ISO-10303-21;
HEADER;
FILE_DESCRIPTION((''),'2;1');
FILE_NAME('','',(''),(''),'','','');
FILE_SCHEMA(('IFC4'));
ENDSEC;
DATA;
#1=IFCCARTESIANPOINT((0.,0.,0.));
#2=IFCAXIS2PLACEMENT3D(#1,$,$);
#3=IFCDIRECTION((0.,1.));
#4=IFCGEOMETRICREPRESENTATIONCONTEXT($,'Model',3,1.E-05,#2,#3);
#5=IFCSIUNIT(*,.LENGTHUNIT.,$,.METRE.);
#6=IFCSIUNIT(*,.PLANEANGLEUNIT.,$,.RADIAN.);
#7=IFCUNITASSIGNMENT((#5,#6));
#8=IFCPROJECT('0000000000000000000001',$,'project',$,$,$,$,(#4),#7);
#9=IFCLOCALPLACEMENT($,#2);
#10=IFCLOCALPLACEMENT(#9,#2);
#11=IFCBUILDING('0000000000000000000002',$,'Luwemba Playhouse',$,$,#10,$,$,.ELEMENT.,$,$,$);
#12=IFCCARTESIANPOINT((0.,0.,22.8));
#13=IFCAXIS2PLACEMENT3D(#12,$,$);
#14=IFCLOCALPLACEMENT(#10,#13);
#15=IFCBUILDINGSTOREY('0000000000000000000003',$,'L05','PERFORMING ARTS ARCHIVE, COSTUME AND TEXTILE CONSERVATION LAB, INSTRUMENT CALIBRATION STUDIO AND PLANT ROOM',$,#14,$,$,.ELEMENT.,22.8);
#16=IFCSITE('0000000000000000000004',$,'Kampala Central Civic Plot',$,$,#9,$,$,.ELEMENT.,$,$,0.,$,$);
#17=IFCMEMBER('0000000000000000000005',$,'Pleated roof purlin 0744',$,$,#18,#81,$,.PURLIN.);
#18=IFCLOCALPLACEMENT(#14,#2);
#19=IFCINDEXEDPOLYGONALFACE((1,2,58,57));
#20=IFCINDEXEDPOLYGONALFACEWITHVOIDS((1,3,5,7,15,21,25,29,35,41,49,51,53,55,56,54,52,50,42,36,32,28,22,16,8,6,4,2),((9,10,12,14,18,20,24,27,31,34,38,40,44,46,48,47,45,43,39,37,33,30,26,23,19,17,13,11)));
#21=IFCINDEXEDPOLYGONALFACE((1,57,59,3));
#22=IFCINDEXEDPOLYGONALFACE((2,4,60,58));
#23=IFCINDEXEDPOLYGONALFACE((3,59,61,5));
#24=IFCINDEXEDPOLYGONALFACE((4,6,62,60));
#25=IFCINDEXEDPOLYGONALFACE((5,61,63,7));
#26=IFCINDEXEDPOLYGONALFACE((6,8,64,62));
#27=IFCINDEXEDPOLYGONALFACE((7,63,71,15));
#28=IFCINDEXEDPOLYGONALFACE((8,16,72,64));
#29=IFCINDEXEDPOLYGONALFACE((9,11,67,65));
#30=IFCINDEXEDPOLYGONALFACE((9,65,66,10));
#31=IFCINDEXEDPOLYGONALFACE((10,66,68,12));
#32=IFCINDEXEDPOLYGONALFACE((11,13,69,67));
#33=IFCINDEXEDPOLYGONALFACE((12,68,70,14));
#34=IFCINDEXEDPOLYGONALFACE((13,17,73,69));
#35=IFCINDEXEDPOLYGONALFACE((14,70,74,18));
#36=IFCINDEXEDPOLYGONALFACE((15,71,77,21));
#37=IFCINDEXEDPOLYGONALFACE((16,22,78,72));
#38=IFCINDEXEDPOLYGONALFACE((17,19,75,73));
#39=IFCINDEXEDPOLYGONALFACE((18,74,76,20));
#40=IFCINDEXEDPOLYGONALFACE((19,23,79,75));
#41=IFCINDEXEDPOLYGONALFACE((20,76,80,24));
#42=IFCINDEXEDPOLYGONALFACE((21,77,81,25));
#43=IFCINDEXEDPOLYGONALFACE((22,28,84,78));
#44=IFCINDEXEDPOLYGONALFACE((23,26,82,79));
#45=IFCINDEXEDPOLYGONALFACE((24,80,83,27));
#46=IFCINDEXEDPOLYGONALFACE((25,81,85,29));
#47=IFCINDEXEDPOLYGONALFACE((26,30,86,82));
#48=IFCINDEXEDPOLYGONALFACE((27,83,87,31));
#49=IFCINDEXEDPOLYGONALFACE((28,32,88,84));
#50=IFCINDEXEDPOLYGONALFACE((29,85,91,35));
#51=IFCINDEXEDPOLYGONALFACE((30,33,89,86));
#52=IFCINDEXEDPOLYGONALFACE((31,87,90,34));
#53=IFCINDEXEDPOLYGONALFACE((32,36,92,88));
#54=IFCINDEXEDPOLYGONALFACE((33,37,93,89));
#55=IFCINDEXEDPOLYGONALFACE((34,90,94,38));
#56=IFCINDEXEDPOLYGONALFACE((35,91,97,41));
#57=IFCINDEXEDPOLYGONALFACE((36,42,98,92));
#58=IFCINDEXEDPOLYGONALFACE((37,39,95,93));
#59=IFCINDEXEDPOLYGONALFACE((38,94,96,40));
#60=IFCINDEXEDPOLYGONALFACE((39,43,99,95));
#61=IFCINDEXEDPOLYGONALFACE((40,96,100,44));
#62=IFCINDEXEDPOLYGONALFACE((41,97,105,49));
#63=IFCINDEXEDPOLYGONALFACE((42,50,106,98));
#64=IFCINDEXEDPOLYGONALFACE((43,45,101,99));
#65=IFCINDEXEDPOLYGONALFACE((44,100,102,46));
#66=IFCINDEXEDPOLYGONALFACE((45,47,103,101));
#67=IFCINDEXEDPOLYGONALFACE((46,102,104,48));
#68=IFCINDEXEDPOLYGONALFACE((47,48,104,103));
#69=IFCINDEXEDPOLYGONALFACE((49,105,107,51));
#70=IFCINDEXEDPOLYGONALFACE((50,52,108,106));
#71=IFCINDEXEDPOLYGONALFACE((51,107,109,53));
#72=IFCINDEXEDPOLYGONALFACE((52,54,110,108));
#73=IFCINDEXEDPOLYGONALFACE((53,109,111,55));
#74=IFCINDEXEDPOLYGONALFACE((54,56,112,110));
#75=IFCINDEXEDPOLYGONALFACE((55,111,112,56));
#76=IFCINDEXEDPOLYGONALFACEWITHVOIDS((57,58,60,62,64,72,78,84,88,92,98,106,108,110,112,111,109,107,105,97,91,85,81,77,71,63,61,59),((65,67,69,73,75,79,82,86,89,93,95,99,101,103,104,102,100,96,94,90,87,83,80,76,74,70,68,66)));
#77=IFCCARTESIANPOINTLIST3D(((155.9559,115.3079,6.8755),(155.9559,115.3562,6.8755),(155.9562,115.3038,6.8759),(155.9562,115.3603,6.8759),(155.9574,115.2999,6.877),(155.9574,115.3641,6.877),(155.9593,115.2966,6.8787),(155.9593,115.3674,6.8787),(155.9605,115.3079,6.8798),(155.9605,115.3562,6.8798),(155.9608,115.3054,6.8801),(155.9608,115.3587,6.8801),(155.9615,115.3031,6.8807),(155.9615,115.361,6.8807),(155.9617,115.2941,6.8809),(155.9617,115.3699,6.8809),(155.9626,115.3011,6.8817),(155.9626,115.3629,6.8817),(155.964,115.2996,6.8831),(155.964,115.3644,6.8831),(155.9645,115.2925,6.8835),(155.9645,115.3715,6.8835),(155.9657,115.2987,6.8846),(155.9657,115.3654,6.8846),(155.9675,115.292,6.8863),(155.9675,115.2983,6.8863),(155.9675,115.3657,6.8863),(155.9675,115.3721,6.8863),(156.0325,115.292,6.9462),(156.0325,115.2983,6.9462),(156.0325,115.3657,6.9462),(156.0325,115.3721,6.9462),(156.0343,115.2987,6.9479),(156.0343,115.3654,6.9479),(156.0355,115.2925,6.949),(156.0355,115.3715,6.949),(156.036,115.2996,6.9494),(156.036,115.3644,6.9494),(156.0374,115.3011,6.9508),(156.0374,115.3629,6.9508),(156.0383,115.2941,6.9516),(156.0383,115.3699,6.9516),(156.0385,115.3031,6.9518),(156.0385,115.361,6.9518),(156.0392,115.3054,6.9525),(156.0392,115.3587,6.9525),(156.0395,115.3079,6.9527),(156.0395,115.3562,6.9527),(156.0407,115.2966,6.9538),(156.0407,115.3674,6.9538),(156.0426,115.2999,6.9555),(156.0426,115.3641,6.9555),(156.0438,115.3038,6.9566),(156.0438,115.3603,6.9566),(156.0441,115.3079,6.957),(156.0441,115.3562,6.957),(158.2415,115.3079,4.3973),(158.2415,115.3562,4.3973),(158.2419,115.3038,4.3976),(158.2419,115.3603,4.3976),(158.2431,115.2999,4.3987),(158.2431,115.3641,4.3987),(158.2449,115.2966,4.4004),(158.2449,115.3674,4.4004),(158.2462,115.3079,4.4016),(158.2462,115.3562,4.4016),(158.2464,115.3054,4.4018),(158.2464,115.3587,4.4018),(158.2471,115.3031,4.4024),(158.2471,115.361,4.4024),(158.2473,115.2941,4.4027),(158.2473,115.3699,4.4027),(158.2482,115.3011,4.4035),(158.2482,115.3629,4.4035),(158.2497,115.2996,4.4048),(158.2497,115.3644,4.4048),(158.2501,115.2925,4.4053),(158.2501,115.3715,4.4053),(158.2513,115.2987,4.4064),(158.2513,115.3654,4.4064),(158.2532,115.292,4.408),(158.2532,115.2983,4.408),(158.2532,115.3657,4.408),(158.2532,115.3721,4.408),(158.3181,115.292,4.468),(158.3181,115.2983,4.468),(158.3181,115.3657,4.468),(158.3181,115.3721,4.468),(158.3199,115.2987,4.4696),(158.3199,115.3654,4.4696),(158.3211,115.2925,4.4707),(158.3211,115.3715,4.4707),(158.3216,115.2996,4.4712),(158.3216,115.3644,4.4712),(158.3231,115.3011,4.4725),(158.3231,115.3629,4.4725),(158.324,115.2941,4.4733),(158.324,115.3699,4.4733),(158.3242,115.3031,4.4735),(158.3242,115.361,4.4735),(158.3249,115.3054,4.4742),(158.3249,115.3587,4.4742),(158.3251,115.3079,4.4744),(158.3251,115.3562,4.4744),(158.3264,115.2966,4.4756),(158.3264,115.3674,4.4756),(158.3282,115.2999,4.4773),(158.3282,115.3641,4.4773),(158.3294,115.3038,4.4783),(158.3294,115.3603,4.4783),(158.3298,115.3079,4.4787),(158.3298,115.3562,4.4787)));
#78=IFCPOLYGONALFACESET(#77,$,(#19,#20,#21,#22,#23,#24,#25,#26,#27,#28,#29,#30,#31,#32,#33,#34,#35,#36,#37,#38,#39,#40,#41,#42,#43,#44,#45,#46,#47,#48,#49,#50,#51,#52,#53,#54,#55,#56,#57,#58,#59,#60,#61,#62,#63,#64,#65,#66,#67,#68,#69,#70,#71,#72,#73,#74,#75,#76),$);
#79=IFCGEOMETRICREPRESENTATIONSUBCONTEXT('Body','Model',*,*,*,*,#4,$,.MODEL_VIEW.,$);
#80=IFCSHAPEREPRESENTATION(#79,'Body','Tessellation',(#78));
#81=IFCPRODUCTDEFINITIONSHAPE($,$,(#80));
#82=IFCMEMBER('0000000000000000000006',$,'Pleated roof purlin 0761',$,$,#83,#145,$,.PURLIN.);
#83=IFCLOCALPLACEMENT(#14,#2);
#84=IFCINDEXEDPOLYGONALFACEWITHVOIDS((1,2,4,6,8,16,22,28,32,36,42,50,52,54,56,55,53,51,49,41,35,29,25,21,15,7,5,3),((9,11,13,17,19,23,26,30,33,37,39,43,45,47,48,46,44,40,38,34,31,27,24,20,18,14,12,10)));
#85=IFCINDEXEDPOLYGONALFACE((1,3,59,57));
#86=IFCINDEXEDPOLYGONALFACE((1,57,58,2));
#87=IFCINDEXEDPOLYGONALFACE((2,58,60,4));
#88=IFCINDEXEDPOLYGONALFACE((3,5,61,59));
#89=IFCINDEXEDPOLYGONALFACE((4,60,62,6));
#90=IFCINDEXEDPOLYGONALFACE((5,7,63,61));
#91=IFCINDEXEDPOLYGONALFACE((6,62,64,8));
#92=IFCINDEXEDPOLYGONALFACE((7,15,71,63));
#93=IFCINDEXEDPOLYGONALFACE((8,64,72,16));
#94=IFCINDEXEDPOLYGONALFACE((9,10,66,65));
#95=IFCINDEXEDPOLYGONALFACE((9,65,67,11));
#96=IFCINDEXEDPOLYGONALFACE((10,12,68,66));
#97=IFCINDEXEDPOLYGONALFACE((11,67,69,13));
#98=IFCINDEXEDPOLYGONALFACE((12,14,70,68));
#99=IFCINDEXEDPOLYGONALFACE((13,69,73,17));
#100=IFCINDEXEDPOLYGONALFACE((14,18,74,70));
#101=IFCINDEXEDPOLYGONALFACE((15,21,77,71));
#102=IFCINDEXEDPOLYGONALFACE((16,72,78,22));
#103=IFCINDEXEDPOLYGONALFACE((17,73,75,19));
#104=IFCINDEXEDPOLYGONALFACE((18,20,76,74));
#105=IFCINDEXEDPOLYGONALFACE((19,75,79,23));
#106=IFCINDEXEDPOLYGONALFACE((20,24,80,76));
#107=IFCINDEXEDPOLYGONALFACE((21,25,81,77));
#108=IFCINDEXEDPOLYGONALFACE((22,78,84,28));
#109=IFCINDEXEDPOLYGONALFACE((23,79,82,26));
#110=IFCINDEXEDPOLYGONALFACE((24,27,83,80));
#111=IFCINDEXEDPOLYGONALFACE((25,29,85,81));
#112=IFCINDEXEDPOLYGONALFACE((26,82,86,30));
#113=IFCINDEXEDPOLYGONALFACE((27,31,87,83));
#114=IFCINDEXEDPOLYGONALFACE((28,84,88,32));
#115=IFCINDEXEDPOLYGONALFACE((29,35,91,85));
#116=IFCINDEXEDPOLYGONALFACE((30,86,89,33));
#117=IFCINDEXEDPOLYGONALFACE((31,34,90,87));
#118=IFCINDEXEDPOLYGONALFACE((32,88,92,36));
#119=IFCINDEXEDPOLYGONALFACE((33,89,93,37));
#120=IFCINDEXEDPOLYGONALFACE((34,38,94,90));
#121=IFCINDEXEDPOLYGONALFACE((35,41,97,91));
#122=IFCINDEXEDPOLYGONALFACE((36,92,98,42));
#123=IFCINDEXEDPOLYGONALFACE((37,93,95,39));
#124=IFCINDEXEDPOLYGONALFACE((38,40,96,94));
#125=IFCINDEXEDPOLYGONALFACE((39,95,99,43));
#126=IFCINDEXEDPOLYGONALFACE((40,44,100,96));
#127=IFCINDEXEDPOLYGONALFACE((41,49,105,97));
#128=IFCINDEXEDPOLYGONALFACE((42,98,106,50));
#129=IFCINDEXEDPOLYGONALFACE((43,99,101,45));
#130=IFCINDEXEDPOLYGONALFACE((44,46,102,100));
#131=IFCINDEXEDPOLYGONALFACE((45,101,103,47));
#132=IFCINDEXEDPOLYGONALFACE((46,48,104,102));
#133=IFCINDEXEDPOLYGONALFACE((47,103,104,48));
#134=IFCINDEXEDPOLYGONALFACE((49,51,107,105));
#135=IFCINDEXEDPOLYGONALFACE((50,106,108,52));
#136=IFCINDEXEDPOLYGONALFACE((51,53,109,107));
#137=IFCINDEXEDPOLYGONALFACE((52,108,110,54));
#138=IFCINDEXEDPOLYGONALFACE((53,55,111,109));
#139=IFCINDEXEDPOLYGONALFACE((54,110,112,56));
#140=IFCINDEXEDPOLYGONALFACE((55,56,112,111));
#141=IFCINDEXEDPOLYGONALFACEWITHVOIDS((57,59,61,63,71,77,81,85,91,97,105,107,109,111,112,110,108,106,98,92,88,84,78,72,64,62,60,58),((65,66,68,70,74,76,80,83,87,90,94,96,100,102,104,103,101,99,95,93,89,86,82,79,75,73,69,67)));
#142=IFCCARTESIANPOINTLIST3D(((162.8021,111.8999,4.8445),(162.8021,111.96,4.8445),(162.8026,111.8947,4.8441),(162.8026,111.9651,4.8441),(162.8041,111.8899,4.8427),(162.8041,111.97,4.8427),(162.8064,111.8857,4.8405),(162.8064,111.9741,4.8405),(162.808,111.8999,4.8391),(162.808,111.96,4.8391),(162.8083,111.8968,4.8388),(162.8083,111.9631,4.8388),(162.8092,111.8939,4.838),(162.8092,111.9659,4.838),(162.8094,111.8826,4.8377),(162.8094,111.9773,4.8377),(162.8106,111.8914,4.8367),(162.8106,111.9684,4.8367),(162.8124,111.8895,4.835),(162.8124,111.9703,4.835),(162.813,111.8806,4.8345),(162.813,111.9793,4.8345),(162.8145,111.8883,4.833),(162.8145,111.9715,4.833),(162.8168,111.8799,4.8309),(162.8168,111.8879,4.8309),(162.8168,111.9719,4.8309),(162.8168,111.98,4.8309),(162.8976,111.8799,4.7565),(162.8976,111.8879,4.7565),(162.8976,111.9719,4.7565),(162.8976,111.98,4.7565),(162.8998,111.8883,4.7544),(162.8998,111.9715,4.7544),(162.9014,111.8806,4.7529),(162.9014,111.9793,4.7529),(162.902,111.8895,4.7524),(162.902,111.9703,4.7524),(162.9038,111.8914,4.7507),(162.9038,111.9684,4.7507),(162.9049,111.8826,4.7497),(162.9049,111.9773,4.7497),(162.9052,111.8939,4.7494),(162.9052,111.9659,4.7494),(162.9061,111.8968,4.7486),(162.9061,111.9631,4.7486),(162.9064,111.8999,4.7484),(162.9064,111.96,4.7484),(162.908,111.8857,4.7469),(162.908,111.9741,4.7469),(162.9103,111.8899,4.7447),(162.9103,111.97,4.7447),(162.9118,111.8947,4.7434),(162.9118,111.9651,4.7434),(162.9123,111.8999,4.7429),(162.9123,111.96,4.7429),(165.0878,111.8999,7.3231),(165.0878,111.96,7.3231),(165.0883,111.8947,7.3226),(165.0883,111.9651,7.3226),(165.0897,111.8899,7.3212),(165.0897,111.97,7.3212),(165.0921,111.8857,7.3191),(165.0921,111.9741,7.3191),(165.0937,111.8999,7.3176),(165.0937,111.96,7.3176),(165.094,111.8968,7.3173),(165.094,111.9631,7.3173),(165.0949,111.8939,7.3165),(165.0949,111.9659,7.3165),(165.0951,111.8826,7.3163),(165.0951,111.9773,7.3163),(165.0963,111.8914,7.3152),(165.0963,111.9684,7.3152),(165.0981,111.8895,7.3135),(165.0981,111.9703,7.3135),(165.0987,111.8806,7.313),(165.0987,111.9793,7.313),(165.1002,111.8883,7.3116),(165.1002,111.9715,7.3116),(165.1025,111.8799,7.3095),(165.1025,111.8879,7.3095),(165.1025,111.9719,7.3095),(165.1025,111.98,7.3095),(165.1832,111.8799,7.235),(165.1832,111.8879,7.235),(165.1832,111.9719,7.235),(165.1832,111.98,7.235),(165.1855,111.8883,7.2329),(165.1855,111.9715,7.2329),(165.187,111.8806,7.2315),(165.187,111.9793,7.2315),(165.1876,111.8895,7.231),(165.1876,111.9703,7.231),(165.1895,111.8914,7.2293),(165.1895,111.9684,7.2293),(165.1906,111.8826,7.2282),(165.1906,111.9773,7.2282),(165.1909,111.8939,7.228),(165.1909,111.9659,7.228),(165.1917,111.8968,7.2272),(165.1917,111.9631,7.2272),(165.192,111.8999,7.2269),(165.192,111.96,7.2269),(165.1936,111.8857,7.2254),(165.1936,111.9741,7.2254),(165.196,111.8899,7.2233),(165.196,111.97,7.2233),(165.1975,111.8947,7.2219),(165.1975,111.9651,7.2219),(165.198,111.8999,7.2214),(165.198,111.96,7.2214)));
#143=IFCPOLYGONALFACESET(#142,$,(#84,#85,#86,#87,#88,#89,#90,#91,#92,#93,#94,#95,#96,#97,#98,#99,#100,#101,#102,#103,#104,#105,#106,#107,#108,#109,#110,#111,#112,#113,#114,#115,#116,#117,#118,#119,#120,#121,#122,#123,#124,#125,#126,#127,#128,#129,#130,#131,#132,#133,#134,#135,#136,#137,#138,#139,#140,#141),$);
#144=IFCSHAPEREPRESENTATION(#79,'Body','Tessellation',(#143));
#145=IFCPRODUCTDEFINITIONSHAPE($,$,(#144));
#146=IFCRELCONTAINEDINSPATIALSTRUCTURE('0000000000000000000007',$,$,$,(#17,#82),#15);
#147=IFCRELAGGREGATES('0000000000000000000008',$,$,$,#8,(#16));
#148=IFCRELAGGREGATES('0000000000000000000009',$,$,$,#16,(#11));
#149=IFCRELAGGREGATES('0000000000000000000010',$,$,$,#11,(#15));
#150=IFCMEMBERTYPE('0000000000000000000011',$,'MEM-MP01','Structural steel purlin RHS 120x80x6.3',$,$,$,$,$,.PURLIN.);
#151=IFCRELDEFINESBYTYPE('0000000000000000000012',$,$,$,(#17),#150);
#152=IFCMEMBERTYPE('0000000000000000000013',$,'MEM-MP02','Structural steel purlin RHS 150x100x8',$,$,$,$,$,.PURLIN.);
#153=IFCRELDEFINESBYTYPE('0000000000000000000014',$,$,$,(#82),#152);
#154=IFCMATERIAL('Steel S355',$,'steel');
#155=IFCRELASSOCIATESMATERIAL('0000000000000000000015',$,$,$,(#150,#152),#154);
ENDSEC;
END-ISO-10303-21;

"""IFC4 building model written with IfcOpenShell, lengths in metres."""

from ifc_helpers import new_model, si_unit, direction, frame, origin, origin_2d, place, context, subcontext, project, spatial, hollow_rectangle, extrude, material, material_profile, profile_set, type_object, element, save


model = new_model("IFC4")

# Units and contexts
model_context = context("Model", 3, precision=1e-05, world=origin(), true_north=direction((0.0, 1.0)))
body_context = subcontext(model_context, "Body", "Model", "MODEL_VIEW")
ifc_project = project(units=[si_unit("LENGTHUNIT", "METRE"), si_unit("PLANEANGLEUNIT", "RADIAN")], contexts=[model_context])

# Site, building, storey
site_placement = place(None, origin())
site = spatial("IfcSite", under=ifc_project, at=site_placement, Name="Kampala Central Civic Plot", CompositionType="ELEMENT", RefElevation=0.0)
building_placement = place(site_placement, origin())
building = spatial("IfcBuilding", under=site, at=building_placement, Name="Luwemba Playhouse", CompositionType="ELEMENT")
storey_placement = place(building_placement, frame((0.0, 0.0, 22.8)))
storey = spatial("IfcBuildingStorey", under=building, at=storey_placement, Name="L05", Description="PERFORMING ARTS ARCHIVE, COSTUME AND TEXTILE CONSERVATION LAB, INSTRUMENT CALIBRATION STUDIO AND PLANT ROOM", CompositionType="ELEMENT", Elevation=22.8)

# Shared definitions
ifc_material_1 = material(Name="Steel S355", Category="steel")

# Members
ifc_material_profile_1 = material_profile(ifc_material_1, hollow_rectangle(XDim=0.0801, YDim=0.1201, WallThickness=0.0063, InnerFilletRadius=0.0095, OuterFilletRadius=0.0159, at=origin_2d()))
ifc_profile_set_1 = profile_set([ifc_material_profile_1], Name="Steel S355")
member_type_1 = type_object("IfcMemberType", Name="MEM-MP01", Description="Structural steel purlin RHS 120x80x6.3", PredefinedType="PURLIN", material=ifc_profile_set_1)
member_1_placement = place(storey_placement, frame((156.0, 115.332, 6.9163), z_axis=(0.677961, 0.0, -0.735098), x_axis=(0.0, 1.0, 0.0)))
element("IfcMember", 1, at=member_1_placement, inside=storey, type_object=member_type_1, Name="Pleated roof purlin 0744", PredefinedType="PURLIN", context=body_context, shape_type="SweptSolid", body=[
    extrude(hollow_rectangle(XDim=0.0801, YDim=0.1201, WallThickness=0.0063, InnerFilletRadius=0.0095, OuterFilletRadius=0.0159, at=origin_2d()), origin(), (0.0, 0.0, 1.0), 3.3713),
])
ifc_material_profile_2 = material_profile(ifc_material_1, hollow_rectangle(XDim=0.1001, YDim=0.1499, WallThickness=0.0081, InnerFilletRadius=0.012, OuterFilletRadius=0.02, at=origin_2d()))
ifc_profile_set_2 = profile_set([ifc_material_profile_2], Name="Steel S355")
member_type_2 = type_object("IfcMemberType", Name="MEM-MP02", Description="Structural steel purlin RHS 150x100x8", PredefinedType="PURLIN", material=ifc_profile_set_2)
member_2_placement = place(storey_placement, frame((162.8572, 111.9299, 4.7937), z_axis=(0.677925, 0.0, 0.735131), x_axis=(0.0, 1.0, 0.0)))
element("IfcMember", 2, at=member_2_placement, inside=storey, type_object=member_type_2, Name="Pleated roof purlin 0761", PredefinedType="PURLIN", context=body_context, shape_type="SweptSolid", body=[
    extrude(hollow_rectangle(XDim=0.1001, YDim=0.1499, WallThickness=0.0081, InnerFilletRadius=0.012, OuterFilletRadius=0.02, at=origin_2d()), origin(), (0.0, 0.0, 1.0), 3.3716),
])

save(model, "model.ifc")
